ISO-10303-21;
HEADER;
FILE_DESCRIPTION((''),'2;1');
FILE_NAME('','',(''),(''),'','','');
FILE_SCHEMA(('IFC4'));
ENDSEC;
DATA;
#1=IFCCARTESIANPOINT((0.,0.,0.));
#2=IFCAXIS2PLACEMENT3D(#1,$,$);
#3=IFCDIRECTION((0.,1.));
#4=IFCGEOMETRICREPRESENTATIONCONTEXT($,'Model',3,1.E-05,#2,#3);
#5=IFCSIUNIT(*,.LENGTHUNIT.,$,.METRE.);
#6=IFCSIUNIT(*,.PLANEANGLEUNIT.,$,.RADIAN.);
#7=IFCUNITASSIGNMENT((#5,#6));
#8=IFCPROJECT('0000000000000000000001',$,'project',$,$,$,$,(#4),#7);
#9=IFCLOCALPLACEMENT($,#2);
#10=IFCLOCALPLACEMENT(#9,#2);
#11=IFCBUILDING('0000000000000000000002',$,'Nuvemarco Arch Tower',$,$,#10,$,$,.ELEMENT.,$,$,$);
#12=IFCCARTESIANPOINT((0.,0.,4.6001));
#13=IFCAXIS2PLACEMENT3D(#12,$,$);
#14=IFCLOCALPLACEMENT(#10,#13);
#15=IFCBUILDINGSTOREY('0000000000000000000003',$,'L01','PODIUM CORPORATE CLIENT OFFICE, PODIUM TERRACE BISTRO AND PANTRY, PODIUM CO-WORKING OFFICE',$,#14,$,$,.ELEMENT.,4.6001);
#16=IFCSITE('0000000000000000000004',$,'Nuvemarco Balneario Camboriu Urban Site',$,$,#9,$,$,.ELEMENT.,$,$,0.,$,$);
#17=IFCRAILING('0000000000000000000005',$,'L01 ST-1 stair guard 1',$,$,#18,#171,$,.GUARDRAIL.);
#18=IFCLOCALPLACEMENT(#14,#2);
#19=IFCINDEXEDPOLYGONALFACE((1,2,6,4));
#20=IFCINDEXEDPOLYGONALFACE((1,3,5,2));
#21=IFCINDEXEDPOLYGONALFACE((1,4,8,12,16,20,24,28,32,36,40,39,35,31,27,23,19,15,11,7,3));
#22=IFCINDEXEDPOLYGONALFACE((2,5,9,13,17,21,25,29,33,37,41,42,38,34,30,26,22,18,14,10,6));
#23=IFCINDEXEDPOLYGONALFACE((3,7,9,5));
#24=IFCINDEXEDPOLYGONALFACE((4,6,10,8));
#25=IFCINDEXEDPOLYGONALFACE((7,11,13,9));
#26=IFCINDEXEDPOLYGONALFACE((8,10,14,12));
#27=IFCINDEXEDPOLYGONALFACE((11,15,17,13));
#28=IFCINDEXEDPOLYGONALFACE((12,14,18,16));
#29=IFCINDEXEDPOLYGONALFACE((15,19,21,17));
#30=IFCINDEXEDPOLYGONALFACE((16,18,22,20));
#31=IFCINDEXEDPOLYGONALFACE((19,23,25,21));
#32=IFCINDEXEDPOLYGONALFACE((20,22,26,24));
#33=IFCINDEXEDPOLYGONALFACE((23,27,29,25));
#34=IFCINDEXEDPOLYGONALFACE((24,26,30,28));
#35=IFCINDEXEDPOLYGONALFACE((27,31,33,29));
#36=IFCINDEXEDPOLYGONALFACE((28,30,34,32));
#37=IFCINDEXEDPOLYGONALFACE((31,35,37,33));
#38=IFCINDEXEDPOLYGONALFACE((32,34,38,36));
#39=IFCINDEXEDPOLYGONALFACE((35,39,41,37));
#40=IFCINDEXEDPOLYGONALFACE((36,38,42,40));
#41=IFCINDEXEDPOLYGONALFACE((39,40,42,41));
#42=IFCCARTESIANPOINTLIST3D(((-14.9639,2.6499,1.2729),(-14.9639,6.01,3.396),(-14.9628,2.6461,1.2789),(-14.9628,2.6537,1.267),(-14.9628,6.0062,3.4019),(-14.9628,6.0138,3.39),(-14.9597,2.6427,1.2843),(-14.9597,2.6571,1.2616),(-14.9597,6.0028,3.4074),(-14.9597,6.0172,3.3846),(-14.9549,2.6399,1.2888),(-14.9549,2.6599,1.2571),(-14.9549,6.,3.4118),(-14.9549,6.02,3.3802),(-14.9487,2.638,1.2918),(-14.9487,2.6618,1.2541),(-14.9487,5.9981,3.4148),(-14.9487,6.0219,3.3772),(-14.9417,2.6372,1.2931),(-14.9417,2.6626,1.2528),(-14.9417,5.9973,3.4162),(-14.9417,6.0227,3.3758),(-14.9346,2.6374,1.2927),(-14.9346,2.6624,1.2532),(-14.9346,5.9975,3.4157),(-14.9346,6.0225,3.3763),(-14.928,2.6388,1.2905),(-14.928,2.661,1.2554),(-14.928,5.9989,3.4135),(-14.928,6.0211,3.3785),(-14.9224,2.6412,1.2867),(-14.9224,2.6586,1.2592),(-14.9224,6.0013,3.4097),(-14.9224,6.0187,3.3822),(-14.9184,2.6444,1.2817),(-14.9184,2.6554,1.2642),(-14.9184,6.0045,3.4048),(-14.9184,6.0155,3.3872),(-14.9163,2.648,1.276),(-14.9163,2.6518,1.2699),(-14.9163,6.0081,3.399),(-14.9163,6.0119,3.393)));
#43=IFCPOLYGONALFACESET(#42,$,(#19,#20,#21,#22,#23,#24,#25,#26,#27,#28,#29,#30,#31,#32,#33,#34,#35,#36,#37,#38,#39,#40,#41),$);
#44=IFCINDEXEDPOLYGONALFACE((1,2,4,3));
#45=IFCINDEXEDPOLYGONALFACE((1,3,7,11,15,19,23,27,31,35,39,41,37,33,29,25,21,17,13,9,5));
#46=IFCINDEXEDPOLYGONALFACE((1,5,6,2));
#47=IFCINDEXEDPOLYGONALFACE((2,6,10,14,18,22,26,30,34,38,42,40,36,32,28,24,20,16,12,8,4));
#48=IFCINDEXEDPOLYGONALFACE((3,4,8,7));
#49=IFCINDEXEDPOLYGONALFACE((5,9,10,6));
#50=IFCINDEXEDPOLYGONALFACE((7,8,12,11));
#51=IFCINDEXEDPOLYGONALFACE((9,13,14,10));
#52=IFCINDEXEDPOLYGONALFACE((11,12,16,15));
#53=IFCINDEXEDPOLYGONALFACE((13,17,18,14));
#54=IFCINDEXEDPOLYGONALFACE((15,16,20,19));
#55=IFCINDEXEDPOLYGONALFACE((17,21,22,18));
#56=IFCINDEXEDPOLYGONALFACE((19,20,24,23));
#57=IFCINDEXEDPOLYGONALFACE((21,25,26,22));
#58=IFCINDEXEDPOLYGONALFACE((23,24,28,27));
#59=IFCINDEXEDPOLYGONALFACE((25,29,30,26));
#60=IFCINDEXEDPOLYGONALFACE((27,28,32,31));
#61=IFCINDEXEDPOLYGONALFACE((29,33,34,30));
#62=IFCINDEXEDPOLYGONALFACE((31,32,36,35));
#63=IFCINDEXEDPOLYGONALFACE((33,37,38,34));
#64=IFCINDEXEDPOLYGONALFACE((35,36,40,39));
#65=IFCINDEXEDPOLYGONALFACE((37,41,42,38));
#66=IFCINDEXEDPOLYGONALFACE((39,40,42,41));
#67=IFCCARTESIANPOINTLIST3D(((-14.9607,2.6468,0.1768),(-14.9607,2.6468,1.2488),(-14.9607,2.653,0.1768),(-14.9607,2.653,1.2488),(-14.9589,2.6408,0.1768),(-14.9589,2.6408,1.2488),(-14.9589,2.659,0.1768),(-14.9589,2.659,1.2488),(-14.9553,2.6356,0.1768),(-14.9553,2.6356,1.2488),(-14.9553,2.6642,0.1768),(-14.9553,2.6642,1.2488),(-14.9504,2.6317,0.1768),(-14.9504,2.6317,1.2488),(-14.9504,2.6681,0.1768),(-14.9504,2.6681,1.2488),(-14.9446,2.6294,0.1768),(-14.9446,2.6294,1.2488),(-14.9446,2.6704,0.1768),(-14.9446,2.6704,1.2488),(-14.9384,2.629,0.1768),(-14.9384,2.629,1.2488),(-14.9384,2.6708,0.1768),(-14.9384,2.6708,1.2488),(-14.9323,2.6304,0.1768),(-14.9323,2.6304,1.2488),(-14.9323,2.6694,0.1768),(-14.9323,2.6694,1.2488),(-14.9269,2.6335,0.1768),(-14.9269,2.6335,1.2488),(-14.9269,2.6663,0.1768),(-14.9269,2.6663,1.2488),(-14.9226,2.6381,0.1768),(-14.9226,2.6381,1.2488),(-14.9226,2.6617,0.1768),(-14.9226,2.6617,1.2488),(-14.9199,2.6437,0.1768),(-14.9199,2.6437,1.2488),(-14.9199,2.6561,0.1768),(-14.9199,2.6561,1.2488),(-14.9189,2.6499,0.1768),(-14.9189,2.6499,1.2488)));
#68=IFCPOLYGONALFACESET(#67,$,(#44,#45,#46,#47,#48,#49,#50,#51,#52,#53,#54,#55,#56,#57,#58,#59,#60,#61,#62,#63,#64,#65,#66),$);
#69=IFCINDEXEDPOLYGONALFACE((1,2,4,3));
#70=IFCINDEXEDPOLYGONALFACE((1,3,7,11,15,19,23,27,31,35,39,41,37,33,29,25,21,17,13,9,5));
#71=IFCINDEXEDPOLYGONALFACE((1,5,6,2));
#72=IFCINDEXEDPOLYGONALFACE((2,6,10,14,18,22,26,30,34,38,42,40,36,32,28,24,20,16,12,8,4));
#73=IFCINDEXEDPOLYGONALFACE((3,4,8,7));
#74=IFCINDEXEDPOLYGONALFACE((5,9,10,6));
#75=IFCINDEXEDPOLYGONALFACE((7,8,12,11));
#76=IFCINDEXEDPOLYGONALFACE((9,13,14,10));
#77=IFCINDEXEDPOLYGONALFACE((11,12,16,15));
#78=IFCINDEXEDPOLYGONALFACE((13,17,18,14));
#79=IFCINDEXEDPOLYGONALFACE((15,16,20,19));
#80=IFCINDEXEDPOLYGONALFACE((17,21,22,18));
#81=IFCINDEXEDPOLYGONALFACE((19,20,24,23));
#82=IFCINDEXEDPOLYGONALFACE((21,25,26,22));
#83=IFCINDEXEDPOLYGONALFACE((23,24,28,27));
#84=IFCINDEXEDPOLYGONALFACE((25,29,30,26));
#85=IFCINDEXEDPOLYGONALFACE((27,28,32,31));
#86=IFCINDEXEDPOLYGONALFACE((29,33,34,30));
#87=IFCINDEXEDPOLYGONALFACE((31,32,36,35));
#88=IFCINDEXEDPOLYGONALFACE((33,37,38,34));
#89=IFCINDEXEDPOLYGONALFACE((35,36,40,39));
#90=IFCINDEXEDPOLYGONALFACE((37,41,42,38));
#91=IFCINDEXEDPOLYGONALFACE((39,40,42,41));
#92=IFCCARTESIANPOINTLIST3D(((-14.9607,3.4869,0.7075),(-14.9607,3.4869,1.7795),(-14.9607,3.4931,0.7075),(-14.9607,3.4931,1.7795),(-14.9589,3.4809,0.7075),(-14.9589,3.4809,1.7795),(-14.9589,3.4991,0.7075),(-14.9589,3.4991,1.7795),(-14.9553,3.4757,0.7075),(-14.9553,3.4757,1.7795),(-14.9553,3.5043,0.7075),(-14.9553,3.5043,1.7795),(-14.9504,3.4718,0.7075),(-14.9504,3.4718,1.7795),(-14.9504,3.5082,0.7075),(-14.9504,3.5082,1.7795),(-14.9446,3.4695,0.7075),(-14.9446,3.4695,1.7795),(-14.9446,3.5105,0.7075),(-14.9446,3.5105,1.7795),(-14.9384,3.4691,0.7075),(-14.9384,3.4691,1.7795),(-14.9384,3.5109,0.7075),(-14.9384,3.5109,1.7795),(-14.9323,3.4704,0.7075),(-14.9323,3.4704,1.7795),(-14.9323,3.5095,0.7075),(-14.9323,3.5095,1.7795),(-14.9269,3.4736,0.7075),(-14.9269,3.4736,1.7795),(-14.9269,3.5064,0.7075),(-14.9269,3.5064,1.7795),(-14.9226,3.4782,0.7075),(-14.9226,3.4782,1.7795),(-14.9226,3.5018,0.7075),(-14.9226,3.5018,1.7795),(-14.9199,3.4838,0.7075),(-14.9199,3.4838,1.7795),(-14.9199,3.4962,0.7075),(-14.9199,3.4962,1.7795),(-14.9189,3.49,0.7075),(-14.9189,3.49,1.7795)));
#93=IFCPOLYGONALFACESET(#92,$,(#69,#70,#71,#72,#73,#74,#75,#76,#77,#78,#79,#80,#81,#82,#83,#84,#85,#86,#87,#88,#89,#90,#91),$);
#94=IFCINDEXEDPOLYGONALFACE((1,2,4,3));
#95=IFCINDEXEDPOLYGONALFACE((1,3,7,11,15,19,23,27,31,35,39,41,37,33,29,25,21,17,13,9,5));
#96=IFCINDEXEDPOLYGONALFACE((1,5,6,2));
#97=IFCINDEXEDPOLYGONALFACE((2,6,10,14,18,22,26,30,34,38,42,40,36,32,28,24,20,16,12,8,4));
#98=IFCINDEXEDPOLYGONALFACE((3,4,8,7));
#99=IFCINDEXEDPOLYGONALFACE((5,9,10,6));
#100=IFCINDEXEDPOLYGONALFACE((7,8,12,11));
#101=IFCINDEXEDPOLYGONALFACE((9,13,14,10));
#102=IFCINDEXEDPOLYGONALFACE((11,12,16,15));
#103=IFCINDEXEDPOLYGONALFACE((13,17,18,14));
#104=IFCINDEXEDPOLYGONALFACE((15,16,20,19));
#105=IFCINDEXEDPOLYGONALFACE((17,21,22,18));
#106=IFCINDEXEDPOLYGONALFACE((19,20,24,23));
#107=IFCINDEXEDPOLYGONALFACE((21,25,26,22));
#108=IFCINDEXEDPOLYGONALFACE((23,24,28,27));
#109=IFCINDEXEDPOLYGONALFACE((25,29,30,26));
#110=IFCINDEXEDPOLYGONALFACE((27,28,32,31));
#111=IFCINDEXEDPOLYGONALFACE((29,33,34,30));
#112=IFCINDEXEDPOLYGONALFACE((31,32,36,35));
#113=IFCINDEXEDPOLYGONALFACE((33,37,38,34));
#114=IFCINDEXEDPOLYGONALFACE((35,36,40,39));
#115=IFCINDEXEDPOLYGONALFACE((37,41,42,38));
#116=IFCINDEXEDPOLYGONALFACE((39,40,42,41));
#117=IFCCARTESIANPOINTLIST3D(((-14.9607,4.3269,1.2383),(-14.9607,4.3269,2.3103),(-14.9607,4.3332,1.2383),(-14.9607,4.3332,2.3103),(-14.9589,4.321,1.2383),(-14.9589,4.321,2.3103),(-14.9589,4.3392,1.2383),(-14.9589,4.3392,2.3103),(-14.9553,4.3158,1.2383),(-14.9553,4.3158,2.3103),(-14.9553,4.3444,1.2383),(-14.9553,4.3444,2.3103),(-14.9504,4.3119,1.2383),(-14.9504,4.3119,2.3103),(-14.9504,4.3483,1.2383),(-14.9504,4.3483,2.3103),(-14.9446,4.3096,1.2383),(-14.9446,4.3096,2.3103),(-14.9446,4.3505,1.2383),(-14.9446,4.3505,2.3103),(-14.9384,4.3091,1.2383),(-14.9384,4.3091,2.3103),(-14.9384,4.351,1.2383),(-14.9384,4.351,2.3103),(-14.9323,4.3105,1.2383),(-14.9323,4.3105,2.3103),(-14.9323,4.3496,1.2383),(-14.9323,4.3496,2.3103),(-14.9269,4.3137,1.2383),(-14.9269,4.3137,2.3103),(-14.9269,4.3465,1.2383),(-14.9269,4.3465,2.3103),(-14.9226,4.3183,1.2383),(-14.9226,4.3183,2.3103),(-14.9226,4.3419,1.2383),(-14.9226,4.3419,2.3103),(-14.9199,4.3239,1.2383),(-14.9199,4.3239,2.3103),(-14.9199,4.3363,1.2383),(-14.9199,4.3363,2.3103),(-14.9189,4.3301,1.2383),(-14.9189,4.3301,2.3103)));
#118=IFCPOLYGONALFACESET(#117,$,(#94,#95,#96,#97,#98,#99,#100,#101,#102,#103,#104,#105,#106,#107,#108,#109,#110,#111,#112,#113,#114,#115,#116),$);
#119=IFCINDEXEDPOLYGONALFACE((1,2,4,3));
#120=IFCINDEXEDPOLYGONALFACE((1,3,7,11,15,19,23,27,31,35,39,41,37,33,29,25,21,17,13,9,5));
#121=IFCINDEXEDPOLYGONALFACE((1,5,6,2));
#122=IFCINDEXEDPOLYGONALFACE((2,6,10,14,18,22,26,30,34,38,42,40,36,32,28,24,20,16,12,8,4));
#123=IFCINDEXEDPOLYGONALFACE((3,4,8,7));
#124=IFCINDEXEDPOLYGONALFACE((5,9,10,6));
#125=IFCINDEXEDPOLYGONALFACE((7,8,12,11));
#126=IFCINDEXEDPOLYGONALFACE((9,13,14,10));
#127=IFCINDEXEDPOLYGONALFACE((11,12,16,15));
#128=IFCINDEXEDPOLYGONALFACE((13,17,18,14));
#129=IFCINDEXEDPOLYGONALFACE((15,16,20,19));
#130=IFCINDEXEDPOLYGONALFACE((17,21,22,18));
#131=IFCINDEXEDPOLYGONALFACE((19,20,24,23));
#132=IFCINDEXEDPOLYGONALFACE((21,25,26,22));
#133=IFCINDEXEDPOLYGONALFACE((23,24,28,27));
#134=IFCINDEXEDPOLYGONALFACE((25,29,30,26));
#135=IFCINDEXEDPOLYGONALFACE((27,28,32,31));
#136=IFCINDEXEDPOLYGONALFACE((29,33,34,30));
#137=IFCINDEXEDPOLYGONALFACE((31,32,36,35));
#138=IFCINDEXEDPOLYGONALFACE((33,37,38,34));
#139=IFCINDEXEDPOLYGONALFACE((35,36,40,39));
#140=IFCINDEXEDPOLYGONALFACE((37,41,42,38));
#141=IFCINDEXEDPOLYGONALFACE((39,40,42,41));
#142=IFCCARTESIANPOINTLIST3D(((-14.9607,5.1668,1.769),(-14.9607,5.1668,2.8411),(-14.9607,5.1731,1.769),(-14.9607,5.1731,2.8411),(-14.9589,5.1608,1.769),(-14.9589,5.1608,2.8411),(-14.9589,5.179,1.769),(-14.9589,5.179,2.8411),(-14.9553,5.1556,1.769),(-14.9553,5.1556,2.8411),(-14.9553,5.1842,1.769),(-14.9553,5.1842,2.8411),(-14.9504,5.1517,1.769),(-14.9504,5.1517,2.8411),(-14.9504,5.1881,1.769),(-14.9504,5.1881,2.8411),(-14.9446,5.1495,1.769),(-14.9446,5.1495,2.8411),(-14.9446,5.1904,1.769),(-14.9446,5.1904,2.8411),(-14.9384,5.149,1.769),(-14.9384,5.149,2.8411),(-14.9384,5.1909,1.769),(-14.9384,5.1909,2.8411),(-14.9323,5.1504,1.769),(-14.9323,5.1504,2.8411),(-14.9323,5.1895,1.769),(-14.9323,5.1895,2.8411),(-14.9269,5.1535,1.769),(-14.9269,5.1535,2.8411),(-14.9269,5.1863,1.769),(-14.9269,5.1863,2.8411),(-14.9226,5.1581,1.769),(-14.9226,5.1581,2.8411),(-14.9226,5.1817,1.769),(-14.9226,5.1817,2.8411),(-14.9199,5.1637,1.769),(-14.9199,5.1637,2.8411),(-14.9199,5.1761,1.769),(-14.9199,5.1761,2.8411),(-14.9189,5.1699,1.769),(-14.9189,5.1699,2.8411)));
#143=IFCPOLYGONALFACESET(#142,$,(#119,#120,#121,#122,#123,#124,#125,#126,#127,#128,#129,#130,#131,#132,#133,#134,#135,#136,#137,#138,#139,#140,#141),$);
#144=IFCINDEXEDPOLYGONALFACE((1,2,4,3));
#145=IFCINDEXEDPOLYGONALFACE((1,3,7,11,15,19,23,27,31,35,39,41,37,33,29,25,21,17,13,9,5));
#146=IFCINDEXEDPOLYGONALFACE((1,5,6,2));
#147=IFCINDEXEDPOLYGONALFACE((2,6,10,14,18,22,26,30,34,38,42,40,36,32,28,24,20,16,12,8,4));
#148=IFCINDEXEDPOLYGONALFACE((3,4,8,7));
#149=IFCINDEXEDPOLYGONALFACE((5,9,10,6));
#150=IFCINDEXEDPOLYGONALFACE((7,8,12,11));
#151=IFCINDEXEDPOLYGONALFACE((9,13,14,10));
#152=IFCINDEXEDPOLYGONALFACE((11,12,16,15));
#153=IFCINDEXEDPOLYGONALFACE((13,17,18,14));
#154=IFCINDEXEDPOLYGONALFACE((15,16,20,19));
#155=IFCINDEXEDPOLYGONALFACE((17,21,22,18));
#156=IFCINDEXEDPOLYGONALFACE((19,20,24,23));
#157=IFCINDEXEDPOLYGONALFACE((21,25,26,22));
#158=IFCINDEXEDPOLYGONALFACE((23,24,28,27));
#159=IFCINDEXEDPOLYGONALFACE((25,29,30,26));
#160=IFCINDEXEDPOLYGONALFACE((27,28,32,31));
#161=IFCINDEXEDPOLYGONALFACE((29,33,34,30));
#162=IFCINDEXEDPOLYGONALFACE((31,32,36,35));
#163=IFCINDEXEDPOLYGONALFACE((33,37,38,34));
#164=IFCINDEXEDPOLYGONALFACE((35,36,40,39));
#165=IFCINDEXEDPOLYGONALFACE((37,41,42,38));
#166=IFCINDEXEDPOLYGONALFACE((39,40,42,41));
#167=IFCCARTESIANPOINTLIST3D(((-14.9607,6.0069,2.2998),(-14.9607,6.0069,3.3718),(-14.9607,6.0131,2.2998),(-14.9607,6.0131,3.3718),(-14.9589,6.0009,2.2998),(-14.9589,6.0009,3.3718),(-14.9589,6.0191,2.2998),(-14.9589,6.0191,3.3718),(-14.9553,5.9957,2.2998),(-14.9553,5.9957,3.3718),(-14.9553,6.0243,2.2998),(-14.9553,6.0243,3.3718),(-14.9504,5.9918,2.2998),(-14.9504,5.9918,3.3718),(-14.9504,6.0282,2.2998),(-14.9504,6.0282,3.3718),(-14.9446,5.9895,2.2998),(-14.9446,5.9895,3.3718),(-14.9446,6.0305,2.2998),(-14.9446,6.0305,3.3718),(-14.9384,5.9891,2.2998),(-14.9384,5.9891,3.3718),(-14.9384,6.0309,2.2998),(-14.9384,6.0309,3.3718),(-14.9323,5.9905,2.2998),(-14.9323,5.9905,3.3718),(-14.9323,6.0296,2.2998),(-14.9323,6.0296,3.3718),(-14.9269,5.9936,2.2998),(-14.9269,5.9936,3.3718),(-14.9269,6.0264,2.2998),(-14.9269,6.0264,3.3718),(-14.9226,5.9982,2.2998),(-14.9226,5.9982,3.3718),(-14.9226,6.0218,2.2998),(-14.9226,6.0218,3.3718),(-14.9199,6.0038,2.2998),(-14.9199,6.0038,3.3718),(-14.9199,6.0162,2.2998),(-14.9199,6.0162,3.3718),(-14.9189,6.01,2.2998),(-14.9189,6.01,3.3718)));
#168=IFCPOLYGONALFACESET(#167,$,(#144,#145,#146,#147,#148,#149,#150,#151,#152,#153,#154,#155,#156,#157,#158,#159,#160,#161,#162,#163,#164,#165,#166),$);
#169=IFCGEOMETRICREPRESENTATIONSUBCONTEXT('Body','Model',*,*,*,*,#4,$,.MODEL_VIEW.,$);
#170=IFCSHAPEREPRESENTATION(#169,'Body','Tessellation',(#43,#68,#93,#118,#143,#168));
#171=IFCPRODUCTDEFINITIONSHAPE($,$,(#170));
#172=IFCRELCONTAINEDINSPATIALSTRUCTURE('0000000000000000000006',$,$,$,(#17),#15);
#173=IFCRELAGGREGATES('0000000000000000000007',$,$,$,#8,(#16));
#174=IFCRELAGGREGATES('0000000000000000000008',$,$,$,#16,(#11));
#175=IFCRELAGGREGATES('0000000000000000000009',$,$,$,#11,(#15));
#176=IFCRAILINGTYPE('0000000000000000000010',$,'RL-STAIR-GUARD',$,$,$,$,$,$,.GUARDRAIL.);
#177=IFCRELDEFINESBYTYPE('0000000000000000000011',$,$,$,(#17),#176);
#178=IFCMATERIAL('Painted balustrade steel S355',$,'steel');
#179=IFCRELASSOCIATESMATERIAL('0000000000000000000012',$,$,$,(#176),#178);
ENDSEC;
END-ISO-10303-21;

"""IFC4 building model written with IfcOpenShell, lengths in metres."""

from ifc_helpers import new_model, si_unit, direction, frame, origin, origin_2d, place, context, subcontext, project, spatial, circle, extrude, material, type_object, element, save


model = new_model("IFC4")

# Units and contexts
model_context = context("Model", 3, precision=1e-05, world=origin(), true_north=direction((0.0, 1.0)))
body_context = subcontext(model_context, "Body", "Model", "MODEL_VIEW")
ifc_project = project(units=[si_unit("LENGTHUNIT", "METRE"), si_unit("PLANEANGLEUNIT", "RADIAN")], contexts=[model_context])

# Site, building, storey
site_placement = place(None, origin())
site = spatial("IfcSite", under=ifc_project, at=site_placement, Name="Nuvemarco Balneario Camboriu Urban Site", CompositionType="ELEMENT", RefElevation=0.0)
building_placement = place(site_placement, origin())
building = spatial("IfcBuilding", under=site, at=building_placement, Name="Nuvemarco Arch Tower", CompositionType="ELEMENT")
storey_placement = place(building_placement, frame((0.0, 0.0, 4.6001)))
storey = spatial("IfcBuildingStorey", under=building, at=storey_placement, Name="L01", Description="PODIUM CORPORATE CLIENT OFFICE, PODIUM TERRACE BISTRO AND PANTRY, PODIUM CO-WORKING OFFICE", CompositionType="ELEMENT", Elevation=4.6001)

# Railing
ifc_material_1 = material(Name="Painted balustrade steel S355", Category="steel")
railing_type_1 = type_object("IfcRailingType", Name="RL-STAIR-GUARD", PredefinedType="GUARDRAIL", material=ifc_material_1)
railing_1_placement = place(storey_placement, frame((-14.9399, 2.6499, 0.1768)))
element("IfcRailing", 1, at=railing_1_placement, inside=storey, type_object=railing_type_1, Name="L01 ST-1 stair guard 1", PredefinedType="GUARDRAIL", context=body_context, shape_type="SweptSolid", body=[
    extrude(circle(Radius=0.0239, at=origin_2d()), frame((0.0, 0.0, 1.0962), z_axis=(0.0, 0.84539, 0.53415), x_axis=(-1.0, 0.0, 0.0)), (0.0, 0.0, 1.0), 3.9746),
    extrude(circle(Radius=0.021, at=origin_2d()), origin(), (0.0, 0.0, 1.0), 1.072),
    extrude(circle(Radius=0.021, at=origin_2d()), frame((0.0, 0.8401, 0.5308)), (0.0, 0.0, 1.0), 1.072),
    extrude(circle(Radius=0.021, at=origin_2d()), frame((0.0, 1.6802, 1.0615)), (0.0, 0.0, 1.0), 1.072),
    extrude(circle(Radius=0.021, at=origin_2d()), frame((0.0, 2.52, 1.5923)), (0.0, 0.0, 1.0), 1.072),
    extrude(circle(Radius=0.021, at=origin_2d()), frame((0.0, 3.3601, 2.123)), (0.0, 0.0, 1.0), 1.072),
])

save(model, "model.ifc")
